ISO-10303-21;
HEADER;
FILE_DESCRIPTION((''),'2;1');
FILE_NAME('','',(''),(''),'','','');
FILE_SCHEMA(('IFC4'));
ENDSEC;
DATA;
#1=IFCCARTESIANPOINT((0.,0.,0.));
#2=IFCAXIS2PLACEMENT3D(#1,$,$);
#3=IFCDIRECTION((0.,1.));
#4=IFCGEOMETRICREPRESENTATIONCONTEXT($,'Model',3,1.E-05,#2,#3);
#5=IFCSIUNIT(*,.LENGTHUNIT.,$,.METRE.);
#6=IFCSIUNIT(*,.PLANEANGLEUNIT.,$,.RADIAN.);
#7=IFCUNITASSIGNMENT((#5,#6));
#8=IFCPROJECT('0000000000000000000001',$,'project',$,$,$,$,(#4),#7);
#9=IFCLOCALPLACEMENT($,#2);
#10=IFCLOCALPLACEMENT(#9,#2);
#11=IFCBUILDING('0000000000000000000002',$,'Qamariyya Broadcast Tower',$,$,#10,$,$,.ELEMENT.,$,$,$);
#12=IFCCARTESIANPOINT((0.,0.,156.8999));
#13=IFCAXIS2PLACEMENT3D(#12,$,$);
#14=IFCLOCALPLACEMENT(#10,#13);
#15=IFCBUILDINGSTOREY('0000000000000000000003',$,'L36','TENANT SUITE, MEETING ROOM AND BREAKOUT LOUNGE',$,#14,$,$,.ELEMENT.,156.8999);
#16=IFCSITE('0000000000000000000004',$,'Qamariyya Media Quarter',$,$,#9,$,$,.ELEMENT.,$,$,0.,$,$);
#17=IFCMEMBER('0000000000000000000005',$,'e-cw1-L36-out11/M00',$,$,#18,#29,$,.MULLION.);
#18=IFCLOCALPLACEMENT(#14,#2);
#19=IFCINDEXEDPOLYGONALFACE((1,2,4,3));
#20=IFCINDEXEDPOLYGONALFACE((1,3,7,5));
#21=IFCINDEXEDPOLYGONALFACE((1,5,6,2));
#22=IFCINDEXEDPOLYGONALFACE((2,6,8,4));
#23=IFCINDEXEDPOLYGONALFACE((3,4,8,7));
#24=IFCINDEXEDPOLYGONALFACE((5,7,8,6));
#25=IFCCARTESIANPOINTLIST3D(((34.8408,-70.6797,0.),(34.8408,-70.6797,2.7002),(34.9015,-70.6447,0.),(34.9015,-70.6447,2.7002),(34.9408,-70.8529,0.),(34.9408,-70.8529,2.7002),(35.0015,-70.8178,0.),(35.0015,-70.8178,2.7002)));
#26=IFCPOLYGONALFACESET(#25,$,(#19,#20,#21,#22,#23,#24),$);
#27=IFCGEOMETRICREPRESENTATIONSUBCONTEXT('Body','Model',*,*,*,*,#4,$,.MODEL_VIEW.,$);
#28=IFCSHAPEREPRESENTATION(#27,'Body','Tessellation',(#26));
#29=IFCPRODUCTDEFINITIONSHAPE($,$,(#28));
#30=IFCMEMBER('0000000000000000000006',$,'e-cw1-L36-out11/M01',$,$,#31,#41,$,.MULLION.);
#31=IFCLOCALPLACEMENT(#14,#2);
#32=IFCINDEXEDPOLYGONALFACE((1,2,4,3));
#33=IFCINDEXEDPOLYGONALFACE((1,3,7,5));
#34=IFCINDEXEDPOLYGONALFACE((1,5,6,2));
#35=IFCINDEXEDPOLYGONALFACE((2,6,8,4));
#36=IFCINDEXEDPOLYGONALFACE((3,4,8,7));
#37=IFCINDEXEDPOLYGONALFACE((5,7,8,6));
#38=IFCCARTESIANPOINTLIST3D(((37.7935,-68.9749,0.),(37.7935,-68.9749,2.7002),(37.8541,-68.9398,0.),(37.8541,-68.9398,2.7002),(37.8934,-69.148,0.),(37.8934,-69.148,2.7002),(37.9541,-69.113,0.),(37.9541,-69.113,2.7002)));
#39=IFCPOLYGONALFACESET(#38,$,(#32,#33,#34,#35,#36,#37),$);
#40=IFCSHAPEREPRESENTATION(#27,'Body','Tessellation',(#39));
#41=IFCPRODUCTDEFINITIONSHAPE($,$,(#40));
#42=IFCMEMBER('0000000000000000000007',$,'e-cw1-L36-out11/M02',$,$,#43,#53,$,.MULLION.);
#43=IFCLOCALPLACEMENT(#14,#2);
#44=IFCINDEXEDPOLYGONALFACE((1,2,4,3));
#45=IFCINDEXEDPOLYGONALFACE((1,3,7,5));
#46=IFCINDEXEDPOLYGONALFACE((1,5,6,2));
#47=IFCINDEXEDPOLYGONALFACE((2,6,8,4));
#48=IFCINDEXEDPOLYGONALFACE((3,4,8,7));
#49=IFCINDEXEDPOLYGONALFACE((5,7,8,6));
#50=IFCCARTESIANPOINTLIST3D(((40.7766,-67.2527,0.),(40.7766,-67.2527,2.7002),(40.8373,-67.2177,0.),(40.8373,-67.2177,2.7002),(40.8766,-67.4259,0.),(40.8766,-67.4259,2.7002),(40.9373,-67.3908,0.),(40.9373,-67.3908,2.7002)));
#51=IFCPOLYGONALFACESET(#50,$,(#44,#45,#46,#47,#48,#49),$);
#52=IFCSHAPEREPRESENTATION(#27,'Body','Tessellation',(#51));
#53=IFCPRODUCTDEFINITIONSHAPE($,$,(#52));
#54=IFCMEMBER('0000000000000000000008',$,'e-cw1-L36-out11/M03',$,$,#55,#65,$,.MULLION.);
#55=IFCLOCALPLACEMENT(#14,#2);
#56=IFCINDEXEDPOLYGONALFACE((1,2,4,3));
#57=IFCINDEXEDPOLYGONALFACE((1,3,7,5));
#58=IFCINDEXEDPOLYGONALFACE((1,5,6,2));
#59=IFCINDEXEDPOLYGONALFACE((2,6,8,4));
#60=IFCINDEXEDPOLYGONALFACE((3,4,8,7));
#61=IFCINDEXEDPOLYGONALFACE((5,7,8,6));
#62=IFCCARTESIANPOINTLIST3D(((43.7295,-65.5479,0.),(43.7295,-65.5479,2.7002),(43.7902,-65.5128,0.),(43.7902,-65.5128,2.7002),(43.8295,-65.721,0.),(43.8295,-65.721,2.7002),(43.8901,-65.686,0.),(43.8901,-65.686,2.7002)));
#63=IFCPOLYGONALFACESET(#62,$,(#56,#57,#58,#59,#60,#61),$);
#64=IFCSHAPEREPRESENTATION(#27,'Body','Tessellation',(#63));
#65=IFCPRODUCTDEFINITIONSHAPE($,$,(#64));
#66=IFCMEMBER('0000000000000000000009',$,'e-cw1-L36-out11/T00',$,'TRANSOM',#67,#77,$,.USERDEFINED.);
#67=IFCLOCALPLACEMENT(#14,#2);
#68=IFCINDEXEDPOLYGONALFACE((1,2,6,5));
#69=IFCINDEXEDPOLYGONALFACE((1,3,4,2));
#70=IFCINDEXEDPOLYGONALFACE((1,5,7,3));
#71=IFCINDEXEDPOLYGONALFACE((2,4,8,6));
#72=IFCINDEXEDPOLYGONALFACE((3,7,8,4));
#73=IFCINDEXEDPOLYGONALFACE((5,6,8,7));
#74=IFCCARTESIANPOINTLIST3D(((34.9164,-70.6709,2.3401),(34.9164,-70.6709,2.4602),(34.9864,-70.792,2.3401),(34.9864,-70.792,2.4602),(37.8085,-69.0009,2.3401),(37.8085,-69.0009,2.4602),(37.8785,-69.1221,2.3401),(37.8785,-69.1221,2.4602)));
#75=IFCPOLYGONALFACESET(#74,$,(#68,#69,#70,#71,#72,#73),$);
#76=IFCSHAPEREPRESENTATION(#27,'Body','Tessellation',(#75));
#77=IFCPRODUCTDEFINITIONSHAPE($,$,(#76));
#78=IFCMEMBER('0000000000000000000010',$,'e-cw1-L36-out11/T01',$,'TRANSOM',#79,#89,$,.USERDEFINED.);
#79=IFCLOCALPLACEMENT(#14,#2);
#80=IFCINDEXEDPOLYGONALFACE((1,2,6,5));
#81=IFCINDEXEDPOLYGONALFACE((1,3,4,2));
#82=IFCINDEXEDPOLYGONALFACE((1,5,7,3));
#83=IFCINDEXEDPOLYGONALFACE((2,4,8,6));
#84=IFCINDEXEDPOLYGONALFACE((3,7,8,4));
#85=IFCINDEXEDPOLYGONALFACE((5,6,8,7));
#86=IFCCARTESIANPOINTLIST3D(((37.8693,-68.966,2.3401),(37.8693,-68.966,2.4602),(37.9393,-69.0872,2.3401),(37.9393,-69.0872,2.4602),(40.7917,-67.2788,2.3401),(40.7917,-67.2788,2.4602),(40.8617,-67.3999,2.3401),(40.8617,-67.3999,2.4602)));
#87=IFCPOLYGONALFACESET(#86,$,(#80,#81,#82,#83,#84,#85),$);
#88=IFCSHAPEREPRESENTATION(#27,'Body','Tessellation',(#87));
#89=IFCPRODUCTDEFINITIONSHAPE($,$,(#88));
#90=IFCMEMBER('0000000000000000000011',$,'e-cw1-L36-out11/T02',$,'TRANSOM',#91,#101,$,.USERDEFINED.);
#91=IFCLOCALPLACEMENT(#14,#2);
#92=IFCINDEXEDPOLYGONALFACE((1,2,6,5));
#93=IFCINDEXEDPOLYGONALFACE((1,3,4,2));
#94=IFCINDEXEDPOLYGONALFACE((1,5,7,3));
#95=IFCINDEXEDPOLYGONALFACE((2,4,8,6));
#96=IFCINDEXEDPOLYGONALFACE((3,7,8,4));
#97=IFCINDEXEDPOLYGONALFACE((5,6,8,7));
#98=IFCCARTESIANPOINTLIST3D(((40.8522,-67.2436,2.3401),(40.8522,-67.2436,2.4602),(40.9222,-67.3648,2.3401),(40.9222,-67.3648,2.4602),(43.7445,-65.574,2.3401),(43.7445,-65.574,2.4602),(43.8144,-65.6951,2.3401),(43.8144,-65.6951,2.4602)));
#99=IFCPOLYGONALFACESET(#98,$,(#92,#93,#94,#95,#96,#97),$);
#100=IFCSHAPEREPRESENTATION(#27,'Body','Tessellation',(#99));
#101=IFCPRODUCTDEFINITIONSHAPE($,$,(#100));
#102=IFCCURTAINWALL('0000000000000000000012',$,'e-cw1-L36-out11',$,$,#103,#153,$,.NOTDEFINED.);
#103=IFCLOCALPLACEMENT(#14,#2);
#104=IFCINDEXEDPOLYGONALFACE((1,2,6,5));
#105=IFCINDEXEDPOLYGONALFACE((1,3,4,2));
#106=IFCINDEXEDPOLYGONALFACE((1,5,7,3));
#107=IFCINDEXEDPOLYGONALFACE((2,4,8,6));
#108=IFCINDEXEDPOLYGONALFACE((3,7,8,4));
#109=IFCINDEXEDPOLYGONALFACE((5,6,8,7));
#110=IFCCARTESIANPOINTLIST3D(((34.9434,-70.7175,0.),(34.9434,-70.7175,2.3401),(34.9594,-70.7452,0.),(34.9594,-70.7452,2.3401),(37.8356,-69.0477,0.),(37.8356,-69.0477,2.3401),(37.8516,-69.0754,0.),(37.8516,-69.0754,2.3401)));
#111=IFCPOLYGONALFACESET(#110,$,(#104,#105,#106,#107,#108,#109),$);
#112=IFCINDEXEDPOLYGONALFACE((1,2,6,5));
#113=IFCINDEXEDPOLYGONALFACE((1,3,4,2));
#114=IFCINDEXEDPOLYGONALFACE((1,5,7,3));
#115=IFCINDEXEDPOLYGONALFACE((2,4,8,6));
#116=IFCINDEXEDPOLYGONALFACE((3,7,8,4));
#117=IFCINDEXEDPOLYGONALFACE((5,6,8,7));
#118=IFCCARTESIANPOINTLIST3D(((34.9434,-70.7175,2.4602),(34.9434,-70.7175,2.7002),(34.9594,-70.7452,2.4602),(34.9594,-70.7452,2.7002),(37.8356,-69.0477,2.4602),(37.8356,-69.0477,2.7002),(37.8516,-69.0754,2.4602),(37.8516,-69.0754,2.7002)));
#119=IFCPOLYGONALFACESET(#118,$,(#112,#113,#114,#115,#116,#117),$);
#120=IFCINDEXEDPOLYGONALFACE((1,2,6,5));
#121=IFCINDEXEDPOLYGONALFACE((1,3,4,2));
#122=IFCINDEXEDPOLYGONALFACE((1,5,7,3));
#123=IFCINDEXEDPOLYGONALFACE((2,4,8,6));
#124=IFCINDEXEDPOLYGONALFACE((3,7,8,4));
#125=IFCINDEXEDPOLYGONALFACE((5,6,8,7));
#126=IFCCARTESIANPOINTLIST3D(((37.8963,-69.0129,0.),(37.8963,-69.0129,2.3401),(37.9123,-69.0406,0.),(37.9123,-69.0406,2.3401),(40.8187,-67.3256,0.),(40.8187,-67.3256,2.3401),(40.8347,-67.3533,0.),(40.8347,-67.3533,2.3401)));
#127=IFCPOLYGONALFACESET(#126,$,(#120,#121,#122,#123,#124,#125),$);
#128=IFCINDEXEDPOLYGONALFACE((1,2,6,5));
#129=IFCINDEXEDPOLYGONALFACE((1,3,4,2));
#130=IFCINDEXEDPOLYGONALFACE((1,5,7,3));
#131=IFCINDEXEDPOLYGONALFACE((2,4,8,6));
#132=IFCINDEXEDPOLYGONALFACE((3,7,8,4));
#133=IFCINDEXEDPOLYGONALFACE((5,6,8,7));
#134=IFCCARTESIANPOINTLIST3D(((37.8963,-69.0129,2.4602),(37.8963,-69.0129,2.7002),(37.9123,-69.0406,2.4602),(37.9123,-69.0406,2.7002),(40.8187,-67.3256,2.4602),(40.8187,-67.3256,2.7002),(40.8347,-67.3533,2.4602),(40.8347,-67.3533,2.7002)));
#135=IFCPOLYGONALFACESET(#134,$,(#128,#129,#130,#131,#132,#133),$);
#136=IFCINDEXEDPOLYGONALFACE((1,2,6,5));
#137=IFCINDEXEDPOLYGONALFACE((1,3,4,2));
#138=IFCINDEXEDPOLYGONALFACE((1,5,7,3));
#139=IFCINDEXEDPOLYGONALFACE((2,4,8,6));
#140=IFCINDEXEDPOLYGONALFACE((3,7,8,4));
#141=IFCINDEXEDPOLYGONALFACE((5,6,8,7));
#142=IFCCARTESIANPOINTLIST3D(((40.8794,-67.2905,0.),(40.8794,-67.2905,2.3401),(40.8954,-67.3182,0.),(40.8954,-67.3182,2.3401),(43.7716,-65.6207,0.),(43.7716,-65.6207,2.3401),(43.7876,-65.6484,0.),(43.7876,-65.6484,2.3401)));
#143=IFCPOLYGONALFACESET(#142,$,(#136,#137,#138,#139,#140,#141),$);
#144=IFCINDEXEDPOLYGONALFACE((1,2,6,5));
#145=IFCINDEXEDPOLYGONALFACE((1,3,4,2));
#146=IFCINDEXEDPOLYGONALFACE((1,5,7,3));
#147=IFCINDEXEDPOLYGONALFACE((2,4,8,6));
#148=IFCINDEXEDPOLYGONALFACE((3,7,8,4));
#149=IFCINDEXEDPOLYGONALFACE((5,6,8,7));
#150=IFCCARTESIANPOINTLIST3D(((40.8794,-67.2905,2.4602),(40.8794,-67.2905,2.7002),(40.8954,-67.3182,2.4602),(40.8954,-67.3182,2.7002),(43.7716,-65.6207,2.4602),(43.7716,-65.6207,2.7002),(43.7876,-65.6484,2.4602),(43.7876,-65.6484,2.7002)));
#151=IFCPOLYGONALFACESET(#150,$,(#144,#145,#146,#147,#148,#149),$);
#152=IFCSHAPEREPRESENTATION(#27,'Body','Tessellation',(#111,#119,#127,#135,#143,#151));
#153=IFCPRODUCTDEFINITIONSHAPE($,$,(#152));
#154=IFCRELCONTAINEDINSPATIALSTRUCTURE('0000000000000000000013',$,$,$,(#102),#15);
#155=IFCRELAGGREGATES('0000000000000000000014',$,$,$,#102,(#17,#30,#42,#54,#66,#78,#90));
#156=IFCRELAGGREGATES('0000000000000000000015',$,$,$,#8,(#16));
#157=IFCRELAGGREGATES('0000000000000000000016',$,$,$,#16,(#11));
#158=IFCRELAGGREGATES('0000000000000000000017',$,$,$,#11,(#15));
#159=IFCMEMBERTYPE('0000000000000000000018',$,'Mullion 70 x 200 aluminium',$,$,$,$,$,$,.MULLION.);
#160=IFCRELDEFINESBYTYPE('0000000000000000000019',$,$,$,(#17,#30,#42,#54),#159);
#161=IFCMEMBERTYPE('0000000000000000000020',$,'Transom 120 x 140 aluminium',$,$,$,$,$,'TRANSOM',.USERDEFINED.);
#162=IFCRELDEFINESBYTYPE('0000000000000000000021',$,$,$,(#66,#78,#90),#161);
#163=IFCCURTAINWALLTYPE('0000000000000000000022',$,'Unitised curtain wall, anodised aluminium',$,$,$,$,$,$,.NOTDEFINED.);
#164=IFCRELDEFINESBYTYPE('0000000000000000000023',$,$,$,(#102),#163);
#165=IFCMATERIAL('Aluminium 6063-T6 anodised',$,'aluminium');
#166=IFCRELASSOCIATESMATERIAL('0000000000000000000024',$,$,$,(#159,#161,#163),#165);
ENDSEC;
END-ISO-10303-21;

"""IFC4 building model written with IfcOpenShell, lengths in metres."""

from ifc_helpers import new_model, si_unit, direction, frame, origin, origin_2d, place, context, subcontext, project, spatial, rectangle, extrude, material, material_profile, profile_set, type_object, element, aggregate, save


model = new_model("IFC4")

# Units and contexts
model_context = context("Model", 3, precision=1e-05, world=origin(), true_north=direction((0.0, 1.0)))
body_context = subcontext(model_context, "Body", "Model", "MODEL_VIEW")
ifc_project = project(units=[si_unit("LENGTHUNIT", "METRE"), si_unit("PLANEANGLEUNIT", "RADIAN")], contexts=[model_context])

# Members
ifc_material = material(Name="Aluminium 6063-T6 anodised", Category="aluminium")
ifc_material_profile_1 = material_profile(ifc_material, rectangle(XDim=0.2, YDim=0.0701, at=origin_2d()))
ifc_profile_set_1 = profile_set([ifc_material_profile_1], Name="Aluminium 6063-T6 anodised")
member_type_1 = type_object("IfcMemberType", Name="Mullion 70 x 200 aluminium", PredefinedType="MULLION", material=ifc_profile_set_1)
site_placement = place(None, origin())
building_placement = place(site_placement, origin())
storey_placement = place(building_placement, frame((0.0, 0.0, 156.8999)))
member_1_placement = place(storey_placement, frame((34.9211, -70.7488, 0.0), z_axis=(0.0, 0.0, 1.0), x_axis=(-0.5, 0.866025, 0.0)))
member_1 = element("IfcMember", 1, at=member_1_placement, type_object=member_type_1, Name="e-cw1-L36-out11/M00", PredefinedType="MULLION", context=body_context, shape_type="SweptSolid", body=[
    extrude(rectangle(XDim=0.2, YDim=0.0701, at=origin_2d()), origin(), (0.0, 0.0, 1.0), 2.7002),
])
member_2_placement = place(storey_placement, frame((37.8738, -69.0439, 0.0), z_axis=(0.0, 0.0, 1.0), x_axis=(-0.5, 0.866025, 0.0)))
member_2 = element("IfcMember", 2, at=member_2_placement, type_object=member_type_1, Name="e-cw1-L36-out11/M01", PredefinedType="MULLION", context=body_context, shape_type="SweptSolid", body=[
    extrude(rectangle(XDim=0.2, YDim=0.0701, at=origin_2d()), origin(), (0.0, 0.0, 1.0), 2.7002),
])
member_3_placement = place(storey_placement, frame((40.8569, -67.3218, 0.0), z_axis=(0.0, 0.0, 1.0), x_axis=(-0.5, 0.866025, 0.0)))
member_3 = element("IfcMember", 3, at=member_3_placement, type_object=member_type_1, Name="e-cw1-L36-out11/M02", PredefinedType="MULLION", context=body_context, shape_type="SweptSolid", body=[
    extrude(rectangle(XDim=0.2, YDim=0.0701, at=origin_2d()), origin(), (0.0, 0.0, 1.0), 2.7002),
])
member_4_placement = place(storey_placement, frame((43.8098, -65.6169, 0.0), z_axis=(0.0, 0.0, 1.0), x_axis=(-0.5, 0.866025, 0.0)))
member_4 = element("IfcMember", 4, at=member_4_placement, type_object=member_type_1, Name="e-cw1-L36-out11/M03", PredefinedType="MULLION", context=body_context, shape_type="SweptSolid", body=[
    extrude(rectangle(XDim=0.2, YDim=0.0701, at=origin_2d()), origin(), (0.0, 0.0, 1.0), 2.7002),
])
ifc_material_profile_2 = material_profile(ifc_material, rectangle(XDim=0.1399, YDim=0.1201, at=origin_2d()))
ifc_profile_set_2 = profile_set([ifc_material_profile_2], Name="Aluminium 6063-T6 anodised")
member_type_2 = type_object("IfcMemberType", Name="Transom 120 x 140 aluminium", ElementType="TRANSOM", PredefinedType="USERDEFINED", material=ifc_profile_set_2)
member_5_placement = place(storey_placement, frame((34.9514, -70.7314, 2.4001), z_axis=(0.866003, 0.500039, 0.0), x_axis=(-0.500039, 0.866003, 0.0)))
member_5 = element("IfcMember", 5, at=member_5_placement, type_object=member_type_2, Name="e-cw1-L36-out11/T00", ObjectType="TRANSOM", PredefinedType="USERDEFINED", context=body_context, shape_type="SweptSolid", body=[
    extrude(rectangle(XDim=0.1399, YDim=0.1201, at=origin_2d()), origin(), (0.0, 0.0, 1.0), 3.3396),
])
member_6_placement = place(storey_placement, frame((37.9043, -69.0266, 2.4001), z_axis=(0.866022, 0.500006, 0.0), x_axis=(-0.500006, 0.866022, 0.0)))
member_6 = element("IfcMember", 6, at=member_6_placement, type_object=member_type_2, Name="e-cw1-L36-out11/T01", ObjectType="TRANSOM", PredefinedType="USERDEFINED", context=body_context, shape_type="SweptSolid", body=[
    extrude(rectangle(XDim=0.1399, YDim=0.1201, at=origin_2d()), origin(), (0.0, 0.0, 1.0), 3.3745),
])
member_7_placement = place(storey_placement, frame((40.8872, -67.3042, 2.4001), z_axis=(0.866053, 0.499952, 0.0), x_axis=(-0.499952, 0.866053, 0.0)))
member_7 = element("IfcMember", 7, at=member_7_placement, type_object=member_type_2, Name="e-cw1-L36-out11/T02", ObjectType="TRANSOM", PredefinedType="USERDEFINED", context=body_context, shape_type="SweptSolid", body=[
    extrude(rectangle(XDim=0.1399, YDim=0.1201, at=origin_2d()), origin(), (0.0, 0.0, 1.0), 3.3396),
])

# Site, building, storey
site = spatial("IfcSite", under=ifc_project, at=site_placement, Name="Qamariyya Media Quarter", CompositionType="ELEMENT", RefElevation=0.0)
building = spatial("IfcBuilding", under=site, at=building_placement, Name="Qamariyya Broadcast Tower", CompositionType="ELEMENT")
storey = spatial("IfcBuildingStorey", under=building, at=storey_placement, Name="L36", Description="TENANT SUITE, MEETING ROOM AND BREAKOUT LOUNGE", CompositionType="ELEMENT", Elevation=156.8999)

# Curtain wall
curtain_wall_type = type_object("IfcCurtainWallType", Name="Unitised curtain wall, anodised aluminium", PredefinedType="NOTDEFINED", material=ifc_material)
curtain_wall_1_placement = place(storey_placement, origin())
curtain_wall_1 = element("IfcCurtainWall", 8, at=curtain_wall_1_placement, inside=storey, type_object=curtain_wall_type, Name="e-cw1-L36-out11", PredefinedType="NOTDEFINED", context=body_context, shape_type="SweptSolid", body=[
    extrude(rectangle(XDim=3.3396, YDim=0.032, at=origin_2d()), frame((36.3975, -69.8965, 0.0), x_axis=(0.866029, 0.499994, 0.0)), (0.0, 0.0, 1.0), 2.3401),
    extrude(rectangle(XDim=3.3396, YDim=0.032, at=origin_2d()), frame((36.3975, -69.8965, 2.4602), x_axis=(0.866029, 0.499994, 0.0)), (0.0, 0.0, 1.0), 0.24),
    extrude(rectangle(XDim=3.3745, YDim=0.032, at=origin_2d()), frame((39.3655, -68.1831, 0.0), x_axis=(0.866029, 0.499994, 0.0)), (0.0, 0.0, 1.0), 2.3401),
    extrude(rectangle(XDim=3.3745, YDim=0.032, at=origin_2d()), frame((39.3655, -68.1831, 2.4602), x_axis=(0.866029, 0.499994, 0.0)), (0.0, 0.0, 1.0), 0.24),
    extrude(rectangle(XDim=3.3396, YDim=0.032, at=origin_2d()), frame((42.3335, -66.4695, 0.0), x_axis=(0.866029, 0.499994, 0.0)), (0.0, 0.0, 1.0), 2.3401),
    extrude(rectangle(XDim=3.3396, YDim=0.032, at=origin_2d()), frame((42.3335, -66.4695, 2.4602), x_axis=(0.866029, 0.499994, 0.0)), (0.0, 0.0, 1.0), 0.24),
])
aggregate(curtain_wall_1, [member_1, member_2, member_3, member_4, member_5, member_6, member_7])

save(model, "model.ifc")
